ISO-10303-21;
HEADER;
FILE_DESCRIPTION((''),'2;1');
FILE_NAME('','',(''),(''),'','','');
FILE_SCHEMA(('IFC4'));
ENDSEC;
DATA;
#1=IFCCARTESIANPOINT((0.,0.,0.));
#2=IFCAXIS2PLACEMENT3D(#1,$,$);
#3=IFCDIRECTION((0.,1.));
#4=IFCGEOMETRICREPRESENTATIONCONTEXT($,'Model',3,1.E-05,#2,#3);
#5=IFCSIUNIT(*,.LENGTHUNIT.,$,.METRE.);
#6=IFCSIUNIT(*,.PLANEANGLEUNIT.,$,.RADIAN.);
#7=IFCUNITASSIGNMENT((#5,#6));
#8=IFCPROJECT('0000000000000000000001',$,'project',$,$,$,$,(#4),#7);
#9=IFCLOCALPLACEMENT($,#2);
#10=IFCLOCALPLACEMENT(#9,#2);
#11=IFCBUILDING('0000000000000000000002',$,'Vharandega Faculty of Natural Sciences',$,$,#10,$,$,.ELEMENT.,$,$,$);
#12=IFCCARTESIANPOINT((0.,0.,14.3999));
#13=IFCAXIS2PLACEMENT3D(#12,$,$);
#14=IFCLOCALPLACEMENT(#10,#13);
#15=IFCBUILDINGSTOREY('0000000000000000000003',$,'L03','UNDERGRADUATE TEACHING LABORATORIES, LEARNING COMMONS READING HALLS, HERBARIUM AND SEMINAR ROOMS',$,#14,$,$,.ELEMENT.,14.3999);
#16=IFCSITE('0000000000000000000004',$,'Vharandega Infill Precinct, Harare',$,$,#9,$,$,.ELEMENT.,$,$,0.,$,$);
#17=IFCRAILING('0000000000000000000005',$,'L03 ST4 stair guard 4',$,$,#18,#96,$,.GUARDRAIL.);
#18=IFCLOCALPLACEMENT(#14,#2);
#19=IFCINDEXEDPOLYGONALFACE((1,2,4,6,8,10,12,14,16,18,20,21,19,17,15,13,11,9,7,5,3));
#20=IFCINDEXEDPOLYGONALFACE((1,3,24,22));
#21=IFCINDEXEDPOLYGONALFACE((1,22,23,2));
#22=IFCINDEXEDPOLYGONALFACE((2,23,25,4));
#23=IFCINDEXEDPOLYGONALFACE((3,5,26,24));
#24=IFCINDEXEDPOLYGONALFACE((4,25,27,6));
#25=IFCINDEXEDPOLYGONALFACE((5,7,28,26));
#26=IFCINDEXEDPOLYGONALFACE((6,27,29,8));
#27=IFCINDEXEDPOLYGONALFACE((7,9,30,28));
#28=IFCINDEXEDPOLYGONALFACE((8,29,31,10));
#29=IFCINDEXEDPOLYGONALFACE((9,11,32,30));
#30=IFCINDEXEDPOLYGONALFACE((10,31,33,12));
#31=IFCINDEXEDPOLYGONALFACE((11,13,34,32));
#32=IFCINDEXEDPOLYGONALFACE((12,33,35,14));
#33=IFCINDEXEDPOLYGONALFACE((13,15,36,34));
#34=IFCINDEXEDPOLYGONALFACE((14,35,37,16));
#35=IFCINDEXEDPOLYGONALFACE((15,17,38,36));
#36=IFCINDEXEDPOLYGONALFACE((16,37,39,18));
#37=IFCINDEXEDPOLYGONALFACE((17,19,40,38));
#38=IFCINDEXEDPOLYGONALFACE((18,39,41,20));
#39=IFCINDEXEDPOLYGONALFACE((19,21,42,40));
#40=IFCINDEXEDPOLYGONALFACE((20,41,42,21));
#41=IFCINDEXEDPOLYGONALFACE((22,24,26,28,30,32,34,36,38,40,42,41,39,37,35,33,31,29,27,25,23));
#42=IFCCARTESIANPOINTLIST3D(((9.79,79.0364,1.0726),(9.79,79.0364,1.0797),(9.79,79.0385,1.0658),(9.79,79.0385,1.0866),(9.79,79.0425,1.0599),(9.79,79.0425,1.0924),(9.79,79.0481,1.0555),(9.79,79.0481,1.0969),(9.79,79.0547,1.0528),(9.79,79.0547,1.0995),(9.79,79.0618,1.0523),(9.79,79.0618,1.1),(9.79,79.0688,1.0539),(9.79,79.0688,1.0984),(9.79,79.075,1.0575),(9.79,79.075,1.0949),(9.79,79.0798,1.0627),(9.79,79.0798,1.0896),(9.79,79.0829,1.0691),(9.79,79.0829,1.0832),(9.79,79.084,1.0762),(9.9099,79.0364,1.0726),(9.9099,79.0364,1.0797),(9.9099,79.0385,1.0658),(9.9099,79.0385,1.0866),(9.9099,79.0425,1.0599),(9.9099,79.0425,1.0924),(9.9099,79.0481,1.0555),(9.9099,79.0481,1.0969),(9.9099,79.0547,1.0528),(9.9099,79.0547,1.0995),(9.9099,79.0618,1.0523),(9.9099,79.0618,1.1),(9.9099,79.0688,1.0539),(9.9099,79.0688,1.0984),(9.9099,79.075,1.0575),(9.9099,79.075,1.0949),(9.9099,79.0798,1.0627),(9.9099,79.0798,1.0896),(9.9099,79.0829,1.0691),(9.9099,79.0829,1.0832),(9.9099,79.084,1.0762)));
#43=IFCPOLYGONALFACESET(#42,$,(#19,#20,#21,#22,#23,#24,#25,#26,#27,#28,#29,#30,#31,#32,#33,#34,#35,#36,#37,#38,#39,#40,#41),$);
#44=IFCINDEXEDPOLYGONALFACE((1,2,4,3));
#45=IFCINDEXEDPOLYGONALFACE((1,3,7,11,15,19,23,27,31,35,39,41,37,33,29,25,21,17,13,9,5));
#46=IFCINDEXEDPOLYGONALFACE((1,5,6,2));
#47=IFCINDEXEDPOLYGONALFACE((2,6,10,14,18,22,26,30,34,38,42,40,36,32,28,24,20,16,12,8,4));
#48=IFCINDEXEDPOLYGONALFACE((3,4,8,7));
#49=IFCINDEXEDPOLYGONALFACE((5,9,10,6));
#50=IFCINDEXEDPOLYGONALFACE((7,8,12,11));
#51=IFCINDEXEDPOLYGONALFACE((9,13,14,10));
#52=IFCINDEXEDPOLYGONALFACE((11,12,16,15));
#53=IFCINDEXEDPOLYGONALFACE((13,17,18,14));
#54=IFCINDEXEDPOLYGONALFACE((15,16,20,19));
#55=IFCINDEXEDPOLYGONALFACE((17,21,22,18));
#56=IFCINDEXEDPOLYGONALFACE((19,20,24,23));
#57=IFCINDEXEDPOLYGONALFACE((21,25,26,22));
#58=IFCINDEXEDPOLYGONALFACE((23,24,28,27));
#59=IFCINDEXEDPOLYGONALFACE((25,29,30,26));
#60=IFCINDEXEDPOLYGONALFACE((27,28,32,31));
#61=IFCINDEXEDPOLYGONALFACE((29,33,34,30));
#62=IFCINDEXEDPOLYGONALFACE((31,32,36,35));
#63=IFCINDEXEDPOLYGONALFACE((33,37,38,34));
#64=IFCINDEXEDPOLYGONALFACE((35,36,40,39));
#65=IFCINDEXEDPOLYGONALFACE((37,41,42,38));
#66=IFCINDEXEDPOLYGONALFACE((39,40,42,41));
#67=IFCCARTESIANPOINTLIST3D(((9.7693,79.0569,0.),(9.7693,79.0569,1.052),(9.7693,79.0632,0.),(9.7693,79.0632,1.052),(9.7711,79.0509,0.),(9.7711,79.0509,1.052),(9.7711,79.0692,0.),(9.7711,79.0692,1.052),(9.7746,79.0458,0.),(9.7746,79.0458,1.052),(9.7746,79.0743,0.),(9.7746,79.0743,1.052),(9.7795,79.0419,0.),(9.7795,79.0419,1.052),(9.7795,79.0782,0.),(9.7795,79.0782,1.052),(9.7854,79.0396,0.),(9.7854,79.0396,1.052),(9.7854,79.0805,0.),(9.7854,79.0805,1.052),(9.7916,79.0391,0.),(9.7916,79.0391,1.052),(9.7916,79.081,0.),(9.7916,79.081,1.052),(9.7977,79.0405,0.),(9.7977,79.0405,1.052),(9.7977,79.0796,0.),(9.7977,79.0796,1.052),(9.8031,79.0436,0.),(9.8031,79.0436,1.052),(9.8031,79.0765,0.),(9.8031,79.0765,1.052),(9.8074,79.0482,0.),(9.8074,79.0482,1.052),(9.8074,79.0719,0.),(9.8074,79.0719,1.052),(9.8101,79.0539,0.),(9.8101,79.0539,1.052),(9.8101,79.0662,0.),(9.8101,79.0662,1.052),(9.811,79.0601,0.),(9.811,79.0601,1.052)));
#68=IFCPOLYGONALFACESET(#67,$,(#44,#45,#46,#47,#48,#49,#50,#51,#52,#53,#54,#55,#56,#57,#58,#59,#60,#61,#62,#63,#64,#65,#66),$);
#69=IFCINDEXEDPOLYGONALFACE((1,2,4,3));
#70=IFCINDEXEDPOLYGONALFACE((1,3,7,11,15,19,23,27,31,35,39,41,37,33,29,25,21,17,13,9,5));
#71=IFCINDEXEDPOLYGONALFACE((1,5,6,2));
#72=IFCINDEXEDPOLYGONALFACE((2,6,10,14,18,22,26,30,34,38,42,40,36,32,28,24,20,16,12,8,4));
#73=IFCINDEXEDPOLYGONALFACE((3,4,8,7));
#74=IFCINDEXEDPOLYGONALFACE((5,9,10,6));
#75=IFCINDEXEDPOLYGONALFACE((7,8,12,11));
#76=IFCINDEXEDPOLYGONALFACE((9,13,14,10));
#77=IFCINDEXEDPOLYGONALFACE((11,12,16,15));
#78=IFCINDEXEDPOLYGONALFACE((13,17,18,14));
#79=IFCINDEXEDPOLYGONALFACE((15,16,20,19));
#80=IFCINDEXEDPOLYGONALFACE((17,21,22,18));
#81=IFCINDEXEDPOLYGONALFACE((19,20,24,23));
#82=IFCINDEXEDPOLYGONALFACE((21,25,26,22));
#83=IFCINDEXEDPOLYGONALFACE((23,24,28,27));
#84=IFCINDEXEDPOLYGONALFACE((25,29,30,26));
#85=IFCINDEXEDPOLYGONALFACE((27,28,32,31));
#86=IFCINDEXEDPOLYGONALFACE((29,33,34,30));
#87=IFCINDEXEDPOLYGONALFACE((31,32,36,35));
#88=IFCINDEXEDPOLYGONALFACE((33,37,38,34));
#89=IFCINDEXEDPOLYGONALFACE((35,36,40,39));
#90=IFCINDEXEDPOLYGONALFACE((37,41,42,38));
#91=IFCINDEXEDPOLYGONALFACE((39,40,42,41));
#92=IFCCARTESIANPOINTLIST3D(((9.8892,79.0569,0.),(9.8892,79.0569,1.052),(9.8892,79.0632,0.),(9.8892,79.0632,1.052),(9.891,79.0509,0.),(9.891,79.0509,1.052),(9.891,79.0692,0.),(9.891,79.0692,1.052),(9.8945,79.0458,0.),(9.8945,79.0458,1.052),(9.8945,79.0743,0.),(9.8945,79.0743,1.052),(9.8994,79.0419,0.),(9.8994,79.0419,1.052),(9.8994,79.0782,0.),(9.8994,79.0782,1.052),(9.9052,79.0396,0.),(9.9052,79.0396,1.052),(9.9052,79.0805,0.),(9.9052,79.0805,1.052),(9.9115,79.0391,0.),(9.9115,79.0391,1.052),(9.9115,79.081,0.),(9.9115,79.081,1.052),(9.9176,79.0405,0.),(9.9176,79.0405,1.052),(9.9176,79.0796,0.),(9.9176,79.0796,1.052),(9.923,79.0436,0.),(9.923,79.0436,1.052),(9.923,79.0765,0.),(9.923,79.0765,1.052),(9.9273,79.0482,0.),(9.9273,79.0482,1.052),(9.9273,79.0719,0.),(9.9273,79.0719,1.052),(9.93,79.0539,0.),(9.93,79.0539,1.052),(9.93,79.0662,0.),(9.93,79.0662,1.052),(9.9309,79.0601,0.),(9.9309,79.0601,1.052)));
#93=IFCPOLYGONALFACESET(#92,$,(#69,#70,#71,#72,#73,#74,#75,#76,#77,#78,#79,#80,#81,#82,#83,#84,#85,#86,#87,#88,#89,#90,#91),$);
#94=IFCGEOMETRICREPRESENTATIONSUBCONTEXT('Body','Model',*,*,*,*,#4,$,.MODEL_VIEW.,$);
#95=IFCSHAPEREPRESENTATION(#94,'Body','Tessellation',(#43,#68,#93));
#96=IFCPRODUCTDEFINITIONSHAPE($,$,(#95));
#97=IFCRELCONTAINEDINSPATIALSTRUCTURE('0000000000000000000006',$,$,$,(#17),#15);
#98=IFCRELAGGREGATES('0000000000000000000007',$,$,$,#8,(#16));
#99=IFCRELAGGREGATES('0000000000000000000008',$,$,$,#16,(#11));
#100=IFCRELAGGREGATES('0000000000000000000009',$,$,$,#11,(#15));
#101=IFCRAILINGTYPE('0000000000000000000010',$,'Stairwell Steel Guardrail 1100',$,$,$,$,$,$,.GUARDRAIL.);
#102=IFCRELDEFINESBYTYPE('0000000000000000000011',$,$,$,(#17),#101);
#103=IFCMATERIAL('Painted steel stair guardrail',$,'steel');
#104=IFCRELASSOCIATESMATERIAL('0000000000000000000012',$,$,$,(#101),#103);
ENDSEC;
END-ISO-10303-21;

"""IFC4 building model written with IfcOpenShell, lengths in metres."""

from ifc_helpers import new_model, si_unit, direction, frame, origin, origin_2d, place, context, subcontext, project, spatial, circle, extrude, material, type_object, element, save


model = new_model("IFC4")

# Units and contexts
model_context = context("Model", 3, precision=1e-05, world=origin(), true_north=direction((0.0, 1.0)))
body_context = subcontext(model_context, "Body", "Model", "MODEL_VIEW")
ifc_project = project(units=[si_unit("LENGTHUNIT", "METRE"), si_unit("PLANEANGLEUNIT", "RADIAN")], contexts=[model_context])

# Site, building, storey
site_placement = place(None, origin())
site = spatial("IfcSite", under=ifc_project, at=site_placement, Name="Vharandega Infill Precinct, Harare", CompositionType="ELEMENT", RefElevation=0.0)
building_placement = place(site_placement, origin())
building = spatial("IfcBuilding", under=site, at=building_placement, Name="Vharandega Faculty of Natural Sciences", CompositionType="ELEMENT")
storey_placement = place(building_placement, frame((0.0, 0.0, 14.3999)))
storey = spatial("IfcBuildingStorey", under=building, at=storey_placement, Name="L03", Description="UNDERGRADUATE TEACHING LABORATORIES, LEARNING COMMONS READING HALLS, HERBARIUM AND SEMINAR ROOMS", CompositionType="ELEMENT", Elevation=14.3999)

# Railing
ifc_material_1 = material(Name="Painted steel stair guardrail", Category="steel")
railing_type_1 = type_object("IfcRailingType", Name="Stairwell Steel Guardrail 1100", PredefinedType="GUARDRAIL", material=ifc_material_1)
railing_1_placement = place(storey_placement, frame((9.79, 79.0601, 0.0)))
element("IfcRailing", 1, at=railing_1_placement, inside=storey, type_object=railing_type_1, Name="L03 ST4 stair guard 4", PredefinedType="GUARDRAIL", context=body_context, shape_type="SweptSolid", body=[
    extrude(circle(Radius=0.0239, at=origin_2d()), frame((0.0, 0.0, 1.0762), z_axis=(1.0, 0.0, 0.0), x_axis=(0.0, 1.0, 0.0)), (0.0, 0.0, 1.0), 0.1199),
    extrude(circle(Radius=0.021, at=origin_2d()), origin(), (0.0, 0.0, 1.0), 1.052),
    extrude(circle(Radius=0.021, at=origin_2d()), frame((0.1199, 0.0, 0.0)), (0.0, 0.0, 1.0), 1.052),
])

save(model, "model.ifc")
